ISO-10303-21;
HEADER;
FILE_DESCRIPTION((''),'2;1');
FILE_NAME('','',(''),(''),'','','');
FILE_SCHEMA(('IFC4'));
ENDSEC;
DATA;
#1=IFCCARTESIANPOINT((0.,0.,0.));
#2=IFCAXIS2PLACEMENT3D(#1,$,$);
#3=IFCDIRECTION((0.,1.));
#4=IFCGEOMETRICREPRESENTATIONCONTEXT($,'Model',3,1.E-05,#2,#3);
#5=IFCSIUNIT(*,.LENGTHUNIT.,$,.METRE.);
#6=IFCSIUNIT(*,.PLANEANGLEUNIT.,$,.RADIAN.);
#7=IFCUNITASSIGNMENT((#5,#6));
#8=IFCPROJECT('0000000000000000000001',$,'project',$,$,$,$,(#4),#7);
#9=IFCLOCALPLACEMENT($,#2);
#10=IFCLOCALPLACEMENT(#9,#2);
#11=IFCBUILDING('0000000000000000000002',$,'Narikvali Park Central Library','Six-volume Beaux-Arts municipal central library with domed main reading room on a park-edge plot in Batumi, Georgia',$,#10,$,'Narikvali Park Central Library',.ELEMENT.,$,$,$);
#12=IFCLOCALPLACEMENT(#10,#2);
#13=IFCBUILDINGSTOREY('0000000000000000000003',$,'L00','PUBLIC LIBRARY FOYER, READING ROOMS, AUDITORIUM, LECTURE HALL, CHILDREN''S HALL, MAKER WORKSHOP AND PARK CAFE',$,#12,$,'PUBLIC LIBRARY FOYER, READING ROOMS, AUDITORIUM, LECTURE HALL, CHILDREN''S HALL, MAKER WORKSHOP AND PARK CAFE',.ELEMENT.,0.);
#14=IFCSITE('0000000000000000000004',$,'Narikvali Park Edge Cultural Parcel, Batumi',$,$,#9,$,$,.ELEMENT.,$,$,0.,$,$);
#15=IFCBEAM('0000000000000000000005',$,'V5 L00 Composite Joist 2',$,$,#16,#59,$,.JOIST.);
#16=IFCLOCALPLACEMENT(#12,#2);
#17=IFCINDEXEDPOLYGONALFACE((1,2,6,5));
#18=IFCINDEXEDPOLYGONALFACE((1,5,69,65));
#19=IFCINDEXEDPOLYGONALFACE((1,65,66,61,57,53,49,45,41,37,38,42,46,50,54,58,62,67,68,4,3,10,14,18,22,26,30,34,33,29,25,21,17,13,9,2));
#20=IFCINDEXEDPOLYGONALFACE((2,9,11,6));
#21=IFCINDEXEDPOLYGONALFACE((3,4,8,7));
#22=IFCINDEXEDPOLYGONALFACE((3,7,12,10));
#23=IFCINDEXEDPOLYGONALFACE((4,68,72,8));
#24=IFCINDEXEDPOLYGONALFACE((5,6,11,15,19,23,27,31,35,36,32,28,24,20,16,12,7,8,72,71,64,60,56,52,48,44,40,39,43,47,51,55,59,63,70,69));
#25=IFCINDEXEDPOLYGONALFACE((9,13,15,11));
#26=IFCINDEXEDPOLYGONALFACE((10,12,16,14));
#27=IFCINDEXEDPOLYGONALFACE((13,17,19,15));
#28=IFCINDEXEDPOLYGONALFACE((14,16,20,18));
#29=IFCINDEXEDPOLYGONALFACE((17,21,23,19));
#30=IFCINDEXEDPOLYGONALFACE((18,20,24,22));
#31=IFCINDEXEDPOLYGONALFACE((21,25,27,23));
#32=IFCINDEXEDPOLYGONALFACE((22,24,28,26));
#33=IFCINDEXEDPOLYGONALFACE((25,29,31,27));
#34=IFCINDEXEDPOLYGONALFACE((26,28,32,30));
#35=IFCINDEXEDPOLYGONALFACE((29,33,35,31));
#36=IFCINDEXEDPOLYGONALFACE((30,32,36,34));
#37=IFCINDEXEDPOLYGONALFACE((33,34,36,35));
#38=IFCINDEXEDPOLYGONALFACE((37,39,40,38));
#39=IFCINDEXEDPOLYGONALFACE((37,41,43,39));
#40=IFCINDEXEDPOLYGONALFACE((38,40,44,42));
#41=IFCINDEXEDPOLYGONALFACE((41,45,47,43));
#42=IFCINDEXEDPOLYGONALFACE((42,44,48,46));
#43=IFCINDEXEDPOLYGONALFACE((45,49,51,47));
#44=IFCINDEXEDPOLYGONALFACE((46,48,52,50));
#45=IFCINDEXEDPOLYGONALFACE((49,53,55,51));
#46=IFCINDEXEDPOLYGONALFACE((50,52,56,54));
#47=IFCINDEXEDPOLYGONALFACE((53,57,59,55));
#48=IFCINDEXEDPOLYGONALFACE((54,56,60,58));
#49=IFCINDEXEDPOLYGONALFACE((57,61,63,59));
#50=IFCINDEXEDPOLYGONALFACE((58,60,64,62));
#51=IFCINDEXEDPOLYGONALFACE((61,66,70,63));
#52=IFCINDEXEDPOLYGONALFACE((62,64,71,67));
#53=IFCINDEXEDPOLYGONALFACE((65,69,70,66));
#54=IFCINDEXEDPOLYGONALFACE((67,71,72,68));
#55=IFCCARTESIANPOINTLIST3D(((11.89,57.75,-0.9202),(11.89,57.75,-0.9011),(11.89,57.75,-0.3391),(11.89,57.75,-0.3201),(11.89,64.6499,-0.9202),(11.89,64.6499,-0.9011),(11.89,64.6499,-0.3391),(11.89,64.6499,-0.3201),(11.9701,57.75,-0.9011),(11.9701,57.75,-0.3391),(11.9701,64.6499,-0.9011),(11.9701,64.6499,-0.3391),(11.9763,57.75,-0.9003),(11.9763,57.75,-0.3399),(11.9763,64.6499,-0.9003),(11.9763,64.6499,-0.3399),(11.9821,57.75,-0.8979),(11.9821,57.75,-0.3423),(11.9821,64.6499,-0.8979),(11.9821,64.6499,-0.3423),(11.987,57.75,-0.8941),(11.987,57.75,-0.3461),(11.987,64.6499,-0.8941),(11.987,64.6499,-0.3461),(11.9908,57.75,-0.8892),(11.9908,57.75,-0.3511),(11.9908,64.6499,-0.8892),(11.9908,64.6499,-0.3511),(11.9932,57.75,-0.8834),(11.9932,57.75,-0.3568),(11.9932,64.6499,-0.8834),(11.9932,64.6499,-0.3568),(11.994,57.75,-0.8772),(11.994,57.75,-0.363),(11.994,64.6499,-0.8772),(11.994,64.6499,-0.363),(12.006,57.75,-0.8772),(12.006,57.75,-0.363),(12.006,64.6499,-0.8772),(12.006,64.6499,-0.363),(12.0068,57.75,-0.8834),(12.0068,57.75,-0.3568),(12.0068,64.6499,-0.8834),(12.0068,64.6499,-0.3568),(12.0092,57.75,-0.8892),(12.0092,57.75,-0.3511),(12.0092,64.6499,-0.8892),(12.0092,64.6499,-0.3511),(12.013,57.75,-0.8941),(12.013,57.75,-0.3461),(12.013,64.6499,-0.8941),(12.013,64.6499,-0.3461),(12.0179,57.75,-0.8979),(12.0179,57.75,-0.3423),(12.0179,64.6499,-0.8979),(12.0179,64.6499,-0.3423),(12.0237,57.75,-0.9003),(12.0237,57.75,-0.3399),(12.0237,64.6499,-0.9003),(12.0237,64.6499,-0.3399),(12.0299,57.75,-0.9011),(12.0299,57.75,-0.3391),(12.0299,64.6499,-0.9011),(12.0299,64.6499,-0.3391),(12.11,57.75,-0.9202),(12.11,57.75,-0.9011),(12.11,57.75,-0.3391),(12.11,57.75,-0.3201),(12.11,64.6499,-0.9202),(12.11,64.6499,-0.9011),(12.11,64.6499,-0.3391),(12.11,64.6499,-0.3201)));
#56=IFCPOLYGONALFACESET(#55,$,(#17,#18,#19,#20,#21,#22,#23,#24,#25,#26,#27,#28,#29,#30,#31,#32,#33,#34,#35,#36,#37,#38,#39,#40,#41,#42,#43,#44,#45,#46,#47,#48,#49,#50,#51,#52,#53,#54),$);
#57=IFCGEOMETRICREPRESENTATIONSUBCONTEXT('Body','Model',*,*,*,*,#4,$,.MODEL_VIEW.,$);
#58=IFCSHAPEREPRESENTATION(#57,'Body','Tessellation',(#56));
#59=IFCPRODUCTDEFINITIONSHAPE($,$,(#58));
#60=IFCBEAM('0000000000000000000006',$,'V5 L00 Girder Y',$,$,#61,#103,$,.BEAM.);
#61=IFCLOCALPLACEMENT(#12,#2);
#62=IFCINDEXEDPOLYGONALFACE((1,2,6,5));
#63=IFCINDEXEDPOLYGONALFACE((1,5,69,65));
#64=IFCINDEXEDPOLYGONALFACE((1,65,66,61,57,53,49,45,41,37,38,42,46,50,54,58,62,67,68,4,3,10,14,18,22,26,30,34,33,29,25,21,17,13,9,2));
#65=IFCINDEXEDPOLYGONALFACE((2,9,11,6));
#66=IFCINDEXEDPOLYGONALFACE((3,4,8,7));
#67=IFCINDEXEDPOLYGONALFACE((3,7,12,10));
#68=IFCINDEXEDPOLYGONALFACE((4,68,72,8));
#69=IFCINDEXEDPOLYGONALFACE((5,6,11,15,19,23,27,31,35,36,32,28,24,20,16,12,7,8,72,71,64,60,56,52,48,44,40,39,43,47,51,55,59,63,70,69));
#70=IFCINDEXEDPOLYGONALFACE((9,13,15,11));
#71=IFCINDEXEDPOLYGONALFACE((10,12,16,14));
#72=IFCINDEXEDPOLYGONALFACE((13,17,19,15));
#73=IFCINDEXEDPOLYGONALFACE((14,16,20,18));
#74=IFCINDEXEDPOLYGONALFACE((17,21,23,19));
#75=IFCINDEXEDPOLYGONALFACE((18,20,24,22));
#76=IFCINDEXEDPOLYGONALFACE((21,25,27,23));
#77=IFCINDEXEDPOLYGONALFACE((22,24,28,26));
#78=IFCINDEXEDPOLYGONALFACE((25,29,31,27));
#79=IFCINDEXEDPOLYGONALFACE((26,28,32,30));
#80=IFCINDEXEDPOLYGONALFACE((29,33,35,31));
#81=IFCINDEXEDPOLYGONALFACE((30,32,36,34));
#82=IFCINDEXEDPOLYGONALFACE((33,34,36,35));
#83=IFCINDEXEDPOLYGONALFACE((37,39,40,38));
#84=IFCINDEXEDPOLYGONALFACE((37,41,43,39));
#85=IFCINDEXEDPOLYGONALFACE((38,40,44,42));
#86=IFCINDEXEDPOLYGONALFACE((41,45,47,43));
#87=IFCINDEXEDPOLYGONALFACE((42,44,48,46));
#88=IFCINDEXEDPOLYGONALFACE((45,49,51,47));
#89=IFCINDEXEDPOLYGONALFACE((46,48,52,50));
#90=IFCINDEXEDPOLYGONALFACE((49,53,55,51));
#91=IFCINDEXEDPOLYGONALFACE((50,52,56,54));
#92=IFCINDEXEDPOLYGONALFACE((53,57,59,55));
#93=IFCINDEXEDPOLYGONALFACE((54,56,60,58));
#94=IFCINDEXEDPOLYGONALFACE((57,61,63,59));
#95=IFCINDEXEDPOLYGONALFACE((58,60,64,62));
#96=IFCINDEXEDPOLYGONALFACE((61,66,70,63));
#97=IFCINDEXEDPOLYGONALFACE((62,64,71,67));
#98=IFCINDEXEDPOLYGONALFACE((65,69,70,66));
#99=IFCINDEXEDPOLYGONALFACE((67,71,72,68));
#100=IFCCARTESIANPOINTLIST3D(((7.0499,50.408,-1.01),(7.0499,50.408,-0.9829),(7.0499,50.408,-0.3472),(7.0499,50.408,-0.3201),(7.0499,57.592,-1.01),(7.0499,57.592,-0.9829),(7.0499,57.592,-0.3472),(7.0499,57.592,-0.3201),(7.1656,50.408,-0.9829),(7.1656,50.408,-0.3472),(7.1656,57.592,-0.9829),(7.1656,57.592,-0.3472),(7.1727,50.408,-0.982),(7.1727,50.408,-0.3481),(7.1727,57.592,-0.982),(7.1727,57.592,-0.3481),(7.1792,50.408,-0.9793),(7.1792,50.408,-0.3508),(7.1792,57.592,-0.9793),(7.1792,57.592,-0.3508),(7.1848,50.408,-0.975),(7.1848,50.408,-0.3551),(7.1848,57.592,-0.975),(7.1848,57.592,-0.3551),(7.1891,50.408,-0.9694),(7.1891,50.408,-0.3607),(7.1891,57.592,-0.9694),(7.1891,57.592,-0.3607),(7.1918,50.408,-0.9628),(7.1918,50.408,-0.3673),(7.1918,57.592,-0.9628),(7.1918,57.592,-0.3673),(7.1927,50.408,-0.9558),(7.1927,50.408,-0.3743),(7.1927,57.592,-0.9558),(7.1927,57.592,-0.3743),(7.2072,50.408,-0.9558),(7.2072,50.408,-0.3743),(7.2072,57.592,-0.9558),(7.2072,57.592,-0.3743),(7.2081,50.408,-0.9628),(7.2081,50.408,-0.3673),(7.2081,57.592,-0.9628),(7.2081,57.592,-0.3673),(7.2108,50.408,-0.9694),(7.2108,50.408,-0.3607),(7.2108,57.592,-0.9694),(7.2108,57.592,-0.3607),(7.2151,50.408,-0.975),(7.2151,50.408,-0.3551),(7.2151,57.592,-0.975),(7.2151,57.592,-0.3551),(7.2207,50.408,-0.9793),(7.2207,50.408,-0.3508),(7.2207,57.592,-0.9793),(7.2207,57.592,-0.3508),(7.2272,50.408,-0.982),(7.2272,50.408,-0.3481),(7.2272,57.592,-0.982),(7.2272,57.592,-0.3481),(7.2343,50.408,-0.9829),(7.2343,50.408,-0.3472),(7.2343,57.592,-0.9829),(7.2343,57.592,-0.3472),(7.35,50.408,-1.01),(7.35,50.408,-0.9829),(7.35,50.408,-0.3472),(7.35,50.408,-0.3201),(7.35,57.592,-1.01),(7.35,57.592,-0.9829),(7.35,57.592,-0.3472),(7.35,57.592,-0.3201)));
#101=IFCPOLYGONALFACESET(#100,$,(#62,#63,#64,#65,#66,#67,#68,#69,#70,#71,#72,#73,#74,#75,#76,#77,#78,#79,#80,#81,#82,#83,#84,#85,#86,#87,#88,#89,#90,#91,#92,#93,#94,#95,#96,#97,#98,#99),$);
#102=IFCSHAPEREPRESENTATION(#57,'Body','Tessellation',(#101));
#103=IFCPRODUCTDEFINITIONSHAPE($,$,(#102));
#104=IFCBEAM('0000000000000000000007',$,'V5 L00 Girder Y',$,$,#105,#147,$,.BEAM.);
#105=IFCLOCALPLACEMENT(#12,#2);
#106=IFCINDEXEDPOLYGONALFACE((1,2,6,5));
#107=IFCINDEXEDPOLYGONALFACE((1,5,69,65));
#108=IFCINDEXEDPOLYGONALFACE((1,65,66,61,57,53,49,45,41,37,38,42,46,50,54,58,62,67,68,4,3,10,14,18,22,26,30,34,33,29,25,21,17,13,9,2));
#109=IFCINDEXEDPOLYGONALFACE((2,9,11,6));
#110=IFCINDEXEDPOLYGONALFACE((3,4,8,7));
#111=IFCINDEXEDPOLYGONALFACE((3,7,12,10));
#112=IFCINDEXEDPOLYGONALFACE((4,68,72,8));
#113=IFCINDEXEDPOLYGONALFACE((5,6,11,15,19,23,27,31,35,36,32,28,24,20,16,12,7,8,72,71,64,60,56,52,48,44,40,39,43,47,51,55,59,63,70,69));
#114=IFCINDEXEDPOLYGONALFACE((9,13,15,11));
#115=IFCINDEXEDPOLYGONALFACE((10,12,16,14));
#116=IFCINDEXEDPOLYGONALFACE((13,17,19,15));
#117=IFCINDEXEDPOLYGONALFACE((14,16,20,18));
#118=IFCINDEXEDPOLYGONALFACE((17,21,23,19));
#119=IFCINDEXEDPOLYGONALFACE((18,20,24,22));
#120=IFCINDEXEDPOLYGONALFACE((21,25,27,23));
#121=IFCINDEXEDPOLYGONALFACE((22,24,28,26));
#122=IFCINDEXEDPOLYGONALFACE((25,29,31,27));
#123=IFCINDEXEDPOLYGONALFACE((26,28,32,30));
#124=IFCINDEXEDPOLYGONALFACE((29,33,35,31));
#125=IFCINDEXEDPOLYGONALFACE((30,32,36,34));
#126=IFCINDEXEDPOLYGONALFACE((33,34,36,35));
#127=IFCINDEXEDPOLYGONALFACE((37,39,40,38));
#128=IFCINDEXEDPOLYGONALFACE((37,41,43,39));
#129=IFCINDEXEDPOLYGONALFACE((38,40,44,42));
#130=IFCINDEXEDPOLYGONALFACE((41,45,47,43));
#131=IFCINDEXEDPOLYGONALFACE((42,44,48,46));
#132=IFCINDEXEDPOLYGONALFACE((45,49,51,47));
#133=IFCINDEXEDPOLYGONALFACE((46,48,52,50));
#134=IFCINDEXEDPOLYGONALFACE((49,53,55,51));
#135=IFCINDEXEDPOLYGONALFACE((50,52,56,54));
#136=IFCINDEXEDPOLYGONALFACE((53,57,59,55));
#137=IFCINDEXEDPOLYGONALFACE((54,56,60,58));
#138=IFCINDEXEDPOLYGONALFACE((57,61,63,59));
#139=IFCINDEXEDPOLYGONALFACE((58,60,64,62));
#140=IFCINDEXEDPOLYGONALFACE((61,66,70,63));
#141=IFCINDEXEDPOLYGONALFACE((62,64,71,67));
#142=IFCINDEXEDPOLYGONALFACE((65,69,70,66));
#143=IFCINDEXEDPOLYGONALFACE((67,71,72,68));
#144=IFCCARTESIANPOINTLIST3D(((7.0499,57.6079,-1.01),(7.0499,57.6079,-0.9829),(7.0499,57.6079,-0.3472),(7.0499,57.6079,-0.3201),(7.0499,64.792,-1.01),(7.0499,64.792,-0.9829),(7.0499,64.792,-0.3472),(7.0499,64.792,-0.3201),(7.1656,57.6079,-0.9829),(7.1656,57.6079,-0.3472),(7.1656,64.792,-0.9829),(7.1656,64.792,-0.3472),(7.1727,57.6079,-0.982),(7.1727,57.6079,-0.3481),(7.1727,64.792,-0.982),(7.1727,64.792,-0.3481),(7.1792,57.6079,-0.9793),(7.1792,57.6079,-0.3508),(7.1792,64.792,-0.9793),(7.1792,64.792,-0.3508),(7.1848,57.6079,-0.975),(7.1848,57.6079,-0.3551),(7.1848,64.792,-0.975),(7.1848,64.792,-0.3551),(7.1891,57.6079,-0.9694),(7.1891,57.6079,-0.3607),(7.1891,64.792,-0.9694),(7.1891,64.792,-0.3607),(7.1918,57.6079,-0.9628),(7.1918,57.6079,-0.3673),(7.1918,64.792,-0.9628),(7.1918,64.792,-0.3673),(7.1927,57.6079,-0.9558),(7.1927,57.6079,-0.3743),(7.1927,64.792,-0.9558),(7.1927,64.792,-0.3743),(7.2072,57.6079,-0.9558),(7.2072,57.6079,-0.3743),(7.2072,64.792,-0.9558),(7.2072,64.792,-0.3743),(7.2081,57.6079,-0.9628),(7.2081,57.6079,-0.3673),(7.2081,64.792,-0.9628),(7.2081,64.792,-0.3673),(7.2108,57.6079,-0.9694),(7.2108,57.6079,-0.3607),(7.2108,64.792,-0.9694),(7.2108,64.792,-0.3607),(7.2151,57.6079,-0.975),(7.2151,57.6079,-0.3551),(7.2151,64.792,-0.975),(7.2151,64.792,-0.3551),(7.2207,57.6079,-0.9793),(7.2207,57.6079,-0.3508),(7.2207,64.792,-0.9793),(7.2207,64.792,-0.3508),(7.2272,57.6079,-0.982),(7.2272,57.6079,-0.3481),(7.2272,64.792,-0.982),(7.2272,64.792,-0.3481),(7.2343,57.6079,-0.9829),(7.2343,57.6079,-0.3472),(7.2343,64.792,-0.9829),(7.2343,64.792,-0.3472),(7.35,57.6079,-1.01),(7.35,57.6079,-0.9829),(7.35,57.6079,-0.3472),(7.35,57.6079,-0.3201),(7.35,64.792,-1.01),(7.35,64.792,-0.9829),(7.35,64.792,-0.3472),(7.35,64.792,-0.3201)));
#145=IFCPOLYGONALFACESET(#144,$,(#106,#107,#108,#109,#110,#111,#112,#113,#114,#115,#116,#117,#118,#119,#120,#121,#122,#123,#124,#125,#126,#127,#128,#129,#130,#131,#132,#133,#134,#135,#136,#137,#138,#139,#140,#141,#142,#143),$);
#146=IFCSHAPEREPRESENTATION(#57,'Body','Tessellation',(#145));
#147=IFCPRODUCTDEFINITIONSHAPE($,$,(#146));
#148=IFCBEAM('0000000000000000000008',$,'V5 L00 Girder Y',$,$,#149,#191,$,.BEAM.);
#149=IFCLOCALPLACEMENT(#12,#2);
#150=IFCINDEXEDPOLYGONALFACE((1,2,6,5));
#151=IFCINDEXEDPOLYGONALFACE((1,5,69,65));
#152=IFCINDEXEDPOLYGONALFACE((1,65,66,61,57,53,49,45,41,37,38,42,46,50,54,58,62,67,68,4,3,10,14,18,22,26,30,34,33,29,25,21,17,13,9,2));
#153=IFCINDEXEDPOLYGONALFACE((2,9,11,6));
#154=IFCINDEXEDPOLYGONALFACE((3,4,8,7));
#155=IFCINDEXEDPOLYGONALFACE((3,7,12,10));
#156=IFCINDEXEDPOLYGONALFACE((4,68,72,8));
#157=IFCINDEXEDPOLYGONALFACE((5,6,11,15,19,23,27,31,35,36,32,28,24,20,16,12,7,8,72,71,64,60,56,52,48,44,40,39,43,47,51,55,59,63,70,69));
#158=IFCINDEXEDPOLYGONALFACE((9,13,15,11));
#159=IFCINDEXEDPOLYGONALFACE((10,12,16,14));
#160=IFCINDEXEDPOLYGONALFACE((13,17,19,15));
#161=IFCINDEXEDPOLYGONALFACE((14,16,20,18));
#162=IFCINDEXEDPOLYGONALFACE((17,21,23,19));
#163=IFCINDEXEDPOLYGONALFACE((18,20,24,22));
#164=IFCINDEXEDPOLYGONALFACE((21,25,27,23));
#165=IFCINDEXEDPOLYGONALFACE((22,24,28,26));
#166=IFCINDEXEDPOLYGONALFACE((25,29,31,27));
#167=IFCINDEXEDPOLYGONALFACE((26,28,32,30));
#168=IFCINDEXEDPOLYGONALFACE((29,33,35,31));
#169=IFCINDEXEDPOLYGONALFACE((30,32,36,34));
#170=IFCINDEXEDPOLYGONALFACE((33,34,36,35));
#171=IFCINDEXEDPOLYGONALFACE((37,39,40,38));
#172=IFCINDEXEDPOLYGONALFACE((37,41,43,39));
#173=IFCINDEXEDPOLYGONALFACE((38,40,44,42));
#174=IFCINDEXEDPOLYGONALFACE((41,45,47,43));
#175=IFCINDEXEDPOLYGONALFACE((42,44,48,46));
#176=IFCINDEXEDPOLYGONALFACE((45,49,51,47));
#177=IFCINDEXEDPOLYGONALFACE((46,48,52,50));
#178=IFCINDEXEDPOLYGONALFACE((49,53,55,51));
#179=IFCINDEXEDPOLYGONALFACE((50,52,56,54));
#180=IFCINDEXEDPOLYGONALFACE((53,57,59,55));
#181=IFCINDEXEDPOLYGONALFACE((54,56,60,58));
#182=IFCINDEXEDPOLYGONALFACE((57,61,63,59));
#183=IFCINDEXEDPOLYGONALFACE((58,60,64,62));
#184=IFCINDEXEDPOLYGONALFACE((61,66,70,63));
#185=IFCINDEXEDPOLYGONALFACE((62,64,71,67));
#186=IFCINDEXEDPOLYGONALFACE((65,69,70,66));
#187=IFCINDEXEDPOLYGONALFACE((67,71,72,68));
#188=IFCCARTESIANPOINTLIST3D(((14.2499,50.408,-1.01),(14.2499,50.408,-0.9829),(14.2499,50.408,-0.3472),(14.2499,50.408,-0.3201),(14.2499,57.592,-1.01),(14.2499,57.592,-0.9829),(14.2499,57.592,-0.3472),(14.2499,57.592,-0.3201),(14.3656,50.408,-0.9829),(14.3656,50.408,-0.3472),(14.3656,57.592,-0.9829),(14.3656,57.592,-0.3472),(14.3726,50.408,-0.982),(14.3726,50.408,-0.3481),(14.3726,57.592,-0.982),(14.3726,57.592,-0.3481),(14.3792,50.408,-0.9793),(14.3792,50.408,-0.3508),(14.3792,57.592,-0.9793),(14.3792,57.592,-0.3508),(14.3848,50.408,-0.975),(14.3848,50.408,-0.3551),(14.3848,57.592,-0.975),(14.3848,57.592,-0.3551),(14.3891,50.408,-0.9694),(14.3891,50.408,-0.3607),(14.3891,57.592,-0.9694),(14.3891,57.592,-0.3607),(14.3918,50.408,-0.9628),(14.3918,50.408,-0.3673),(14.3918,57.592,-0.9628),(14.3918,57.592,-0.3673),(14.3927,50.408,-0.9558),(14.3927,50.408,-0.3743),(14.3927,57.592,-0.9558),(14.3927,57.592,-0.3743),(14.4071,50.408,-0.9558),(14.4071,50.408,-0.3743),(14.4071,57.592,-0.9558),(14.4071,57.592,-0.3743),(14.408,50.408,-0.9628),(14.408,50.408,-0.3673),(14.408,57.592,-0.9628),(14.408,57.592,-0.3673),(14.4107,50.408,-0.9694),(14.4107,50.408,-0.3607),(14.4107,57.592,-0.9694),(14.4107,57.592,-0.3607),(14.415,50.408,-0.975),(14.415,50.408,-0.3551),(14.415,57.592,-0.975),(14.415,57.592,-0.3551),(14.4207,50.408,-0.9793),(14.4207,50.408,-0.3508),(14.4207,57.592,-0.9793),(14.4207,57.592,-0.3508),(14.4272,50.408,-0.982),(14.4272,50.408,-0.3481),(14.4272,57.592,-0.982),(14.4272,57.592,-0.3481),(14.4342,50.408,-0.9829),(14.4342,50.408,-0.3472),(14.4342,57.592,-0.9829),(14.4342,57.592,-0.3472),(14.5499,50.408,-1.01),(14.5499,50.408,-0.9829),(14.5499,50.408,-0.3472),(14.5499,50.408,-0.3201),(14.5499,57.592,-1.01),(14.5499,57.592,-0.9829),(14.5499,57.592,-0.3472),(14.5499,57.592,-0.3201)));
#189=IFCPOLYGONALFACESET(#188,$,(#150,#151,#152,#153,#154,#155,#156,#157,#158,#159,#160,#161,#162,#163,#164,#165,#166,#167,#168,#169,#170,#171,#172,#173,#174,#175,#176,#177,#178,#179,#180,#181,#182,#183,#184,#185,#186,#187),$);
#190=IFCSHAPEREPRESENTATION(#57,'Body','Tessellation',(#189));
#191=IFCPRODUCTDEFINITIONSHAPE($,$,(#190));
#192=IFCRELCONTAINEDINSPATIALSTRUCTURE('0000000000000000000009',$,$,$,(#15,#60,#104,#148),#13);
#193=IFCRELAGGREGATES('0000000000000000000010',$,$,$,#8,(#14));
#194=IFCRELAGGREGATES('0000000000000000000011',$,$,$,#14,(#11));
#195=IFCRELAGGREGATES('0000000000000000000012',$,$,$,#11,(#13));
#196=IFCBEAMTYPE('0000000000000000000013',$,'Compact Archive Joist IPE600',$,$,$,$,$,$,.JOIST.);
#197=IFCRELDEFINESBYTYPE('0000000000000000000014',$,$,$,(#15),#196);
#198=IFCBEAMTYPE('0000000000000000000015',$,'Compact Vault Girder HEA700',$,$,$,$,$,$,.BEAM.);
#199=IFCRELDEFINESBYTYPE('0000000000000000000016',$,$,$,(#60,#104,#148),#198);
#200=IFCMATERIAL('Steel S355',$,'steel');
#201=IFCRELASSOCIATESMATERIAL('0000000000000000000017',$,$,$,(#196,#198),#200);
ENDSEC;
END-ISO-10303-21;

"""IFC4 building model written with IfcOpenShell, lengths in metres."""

from ifc_helpers import new_model, si_unit, direction, frame, origin, origin_2d, place, context, subcontext, project, spatial, i_section, extrude, material, material_profile, profile_set, type_object, element, save


model = new_model("IFC4")

# Units and contexts
model_context = context("Model", 3, precision=1e-05, world=origin(), true_north=direction((0.0, 1.0)))
body_context = subcontext(model_context, "Body", "Model", "MODEL_VIEW")
ifc_project = project(units=[si_unit("LENGTHUNIT", "METRE"), si_unit("PLANEANGLEUNIT", "RADIAN")], contexts=[model_context])

# Site, building, storey
site_placement = place(None, origin())
site = spatial("IfcSite", under=ifc_project, at=site_placement, Name="Narikvali Park Edge Cultural Parcel, Batumi", CompositionType="ELEMENT", RefElevation=0.0)
building_placement = place(site_placement, origin())
building = spatial("IfcBuilding", under=site, at=building_placement, Name="Narikvali Park Central Library", Description="Six-volume Beaux-Arts municipal central library with domed main reading room on a park-edge plot in Batumi, Georgia", LongName="Narikvali Park Central Library", CompositionType="ELEMENT")
storey_placement = place(building_placement, origin())
storey = spatial("IfcBuildingStorey", under=building, at=storey_placement, Name="L00", Description="PUBLIC LIBRARY FOYER, READING ROOMS, AUDITORIUM, LECTURE HALL, CHILDREN'S HALL, MAKER WORKSHOP AND PARK CAFE", LongName="PUBLIC LIBRARY FOYER, READING ROOMS, AUDITORIUM, LECTURE HALL, CHILDREN'S HALL, MAKER WORKSHOP AND PARK CAFE", CompositionType="ELEMENT", Elevation=0.0)

# Shared definitions
ifc_material_1 = material(Name="Steel S355", Category="steel")

# Beams
ifc_material_profile_1 = material_profile(ifc_material_1, i_section(OverallWidth=0.22, OverallDepth=0.6001, WebThickness=0.012, FlangeThickness=0.019, FilletRadius=0.0239, at=origin_2d()), Name="IPE 600")
ifc_profile_set_1 = profile_set([ifc_material_profile_1], Name="Steel S355")
beam_type_1 = type_object("IfcBeamType", Name="Compact Archive Joist IPE600", PredefinedType="JOIST", material=ifc_profile_set_1)
for number, where, z_axis, x_axis, name in (
    (1, (12.0, 57.75, -0.6201), (0.0, 1.0, 0.0), (-1.0, 0.0, 0.0), "V5 L00 Composite Joist 2"),
):
    element("IfcBeam", number, at=place(storey_placement, frame(where, z_axis=z_axis, x_axis=x_axis)), inside=storey, type_object=beam_type_1, Name=name, PredefinedType="JOIST", context=body_context, shape_type="SweptSolid", body=[
        extrude(i_section(OverallWidth=0.22, OverallDepth=0.6001, WebThickness=0.012, FlangeThickness=0.019, FilletRadius=0.0239, at=origin_2d()), origin(), (0.0, 0.0, 1.0), 6.8999),
    ])
ifc_material_profile_2 = material_profile(ifc_material_1, i_section(OverallWidth=0.3, OverallDepth=0.6899, WebThickness=0.0144, FlangeThickness=0.0271, FilletRadius=0.0271, at=origin_2d()), Name="HEA 700")
ifc_profile_set_2 = profile_set([ifc_material_profile_2], Name="Steel S355")
beam_type_2 = type_object("IfcBeamType", Name="Compact Vault Girder HEA700", PredefinedType="BEAM", material=ifc_profile_set_2)
for number, where, z_axis, x_axis, name in (
    (2, (7.2, 50.408, -0.665), (0.0, 1.0, 0.0), (-1.0, 0.0, 0.0), "V5 L00 Girder Y"),
    (3, (7.2, 57.6079, -0.665), (0.0, 1.0, 0.0), (-1.0, 0.0, 0.0), "V5 L00 Girder Y"),
    (4, (14.3999, 50.408, -0.665), (0.0, 1.0, 0.0), (-1.0, 0.0, 0.0), "V5 L00 Girder Y"),
):
    element("IfcBeam", number, at=place(storey_placement, frame(where, z_axis=z_axis, x_axis=x_axis)), inside=storey, type_object=beam_type_2, Name=name, PredefinedType="BEAM", context=body_context, shape_type="SweptSolid", body=[
        extrude(i_section(OverallWidth=0.3, OverallDepth=0.6899, WebThickness=0.0144, FlangeThickness=0.0271, FilletRadius=0.0271, at=origin_2d()), origin(), (0.0, 0.0, 1.0), 7.1841),
    ])

save(model, "model.ifc")
